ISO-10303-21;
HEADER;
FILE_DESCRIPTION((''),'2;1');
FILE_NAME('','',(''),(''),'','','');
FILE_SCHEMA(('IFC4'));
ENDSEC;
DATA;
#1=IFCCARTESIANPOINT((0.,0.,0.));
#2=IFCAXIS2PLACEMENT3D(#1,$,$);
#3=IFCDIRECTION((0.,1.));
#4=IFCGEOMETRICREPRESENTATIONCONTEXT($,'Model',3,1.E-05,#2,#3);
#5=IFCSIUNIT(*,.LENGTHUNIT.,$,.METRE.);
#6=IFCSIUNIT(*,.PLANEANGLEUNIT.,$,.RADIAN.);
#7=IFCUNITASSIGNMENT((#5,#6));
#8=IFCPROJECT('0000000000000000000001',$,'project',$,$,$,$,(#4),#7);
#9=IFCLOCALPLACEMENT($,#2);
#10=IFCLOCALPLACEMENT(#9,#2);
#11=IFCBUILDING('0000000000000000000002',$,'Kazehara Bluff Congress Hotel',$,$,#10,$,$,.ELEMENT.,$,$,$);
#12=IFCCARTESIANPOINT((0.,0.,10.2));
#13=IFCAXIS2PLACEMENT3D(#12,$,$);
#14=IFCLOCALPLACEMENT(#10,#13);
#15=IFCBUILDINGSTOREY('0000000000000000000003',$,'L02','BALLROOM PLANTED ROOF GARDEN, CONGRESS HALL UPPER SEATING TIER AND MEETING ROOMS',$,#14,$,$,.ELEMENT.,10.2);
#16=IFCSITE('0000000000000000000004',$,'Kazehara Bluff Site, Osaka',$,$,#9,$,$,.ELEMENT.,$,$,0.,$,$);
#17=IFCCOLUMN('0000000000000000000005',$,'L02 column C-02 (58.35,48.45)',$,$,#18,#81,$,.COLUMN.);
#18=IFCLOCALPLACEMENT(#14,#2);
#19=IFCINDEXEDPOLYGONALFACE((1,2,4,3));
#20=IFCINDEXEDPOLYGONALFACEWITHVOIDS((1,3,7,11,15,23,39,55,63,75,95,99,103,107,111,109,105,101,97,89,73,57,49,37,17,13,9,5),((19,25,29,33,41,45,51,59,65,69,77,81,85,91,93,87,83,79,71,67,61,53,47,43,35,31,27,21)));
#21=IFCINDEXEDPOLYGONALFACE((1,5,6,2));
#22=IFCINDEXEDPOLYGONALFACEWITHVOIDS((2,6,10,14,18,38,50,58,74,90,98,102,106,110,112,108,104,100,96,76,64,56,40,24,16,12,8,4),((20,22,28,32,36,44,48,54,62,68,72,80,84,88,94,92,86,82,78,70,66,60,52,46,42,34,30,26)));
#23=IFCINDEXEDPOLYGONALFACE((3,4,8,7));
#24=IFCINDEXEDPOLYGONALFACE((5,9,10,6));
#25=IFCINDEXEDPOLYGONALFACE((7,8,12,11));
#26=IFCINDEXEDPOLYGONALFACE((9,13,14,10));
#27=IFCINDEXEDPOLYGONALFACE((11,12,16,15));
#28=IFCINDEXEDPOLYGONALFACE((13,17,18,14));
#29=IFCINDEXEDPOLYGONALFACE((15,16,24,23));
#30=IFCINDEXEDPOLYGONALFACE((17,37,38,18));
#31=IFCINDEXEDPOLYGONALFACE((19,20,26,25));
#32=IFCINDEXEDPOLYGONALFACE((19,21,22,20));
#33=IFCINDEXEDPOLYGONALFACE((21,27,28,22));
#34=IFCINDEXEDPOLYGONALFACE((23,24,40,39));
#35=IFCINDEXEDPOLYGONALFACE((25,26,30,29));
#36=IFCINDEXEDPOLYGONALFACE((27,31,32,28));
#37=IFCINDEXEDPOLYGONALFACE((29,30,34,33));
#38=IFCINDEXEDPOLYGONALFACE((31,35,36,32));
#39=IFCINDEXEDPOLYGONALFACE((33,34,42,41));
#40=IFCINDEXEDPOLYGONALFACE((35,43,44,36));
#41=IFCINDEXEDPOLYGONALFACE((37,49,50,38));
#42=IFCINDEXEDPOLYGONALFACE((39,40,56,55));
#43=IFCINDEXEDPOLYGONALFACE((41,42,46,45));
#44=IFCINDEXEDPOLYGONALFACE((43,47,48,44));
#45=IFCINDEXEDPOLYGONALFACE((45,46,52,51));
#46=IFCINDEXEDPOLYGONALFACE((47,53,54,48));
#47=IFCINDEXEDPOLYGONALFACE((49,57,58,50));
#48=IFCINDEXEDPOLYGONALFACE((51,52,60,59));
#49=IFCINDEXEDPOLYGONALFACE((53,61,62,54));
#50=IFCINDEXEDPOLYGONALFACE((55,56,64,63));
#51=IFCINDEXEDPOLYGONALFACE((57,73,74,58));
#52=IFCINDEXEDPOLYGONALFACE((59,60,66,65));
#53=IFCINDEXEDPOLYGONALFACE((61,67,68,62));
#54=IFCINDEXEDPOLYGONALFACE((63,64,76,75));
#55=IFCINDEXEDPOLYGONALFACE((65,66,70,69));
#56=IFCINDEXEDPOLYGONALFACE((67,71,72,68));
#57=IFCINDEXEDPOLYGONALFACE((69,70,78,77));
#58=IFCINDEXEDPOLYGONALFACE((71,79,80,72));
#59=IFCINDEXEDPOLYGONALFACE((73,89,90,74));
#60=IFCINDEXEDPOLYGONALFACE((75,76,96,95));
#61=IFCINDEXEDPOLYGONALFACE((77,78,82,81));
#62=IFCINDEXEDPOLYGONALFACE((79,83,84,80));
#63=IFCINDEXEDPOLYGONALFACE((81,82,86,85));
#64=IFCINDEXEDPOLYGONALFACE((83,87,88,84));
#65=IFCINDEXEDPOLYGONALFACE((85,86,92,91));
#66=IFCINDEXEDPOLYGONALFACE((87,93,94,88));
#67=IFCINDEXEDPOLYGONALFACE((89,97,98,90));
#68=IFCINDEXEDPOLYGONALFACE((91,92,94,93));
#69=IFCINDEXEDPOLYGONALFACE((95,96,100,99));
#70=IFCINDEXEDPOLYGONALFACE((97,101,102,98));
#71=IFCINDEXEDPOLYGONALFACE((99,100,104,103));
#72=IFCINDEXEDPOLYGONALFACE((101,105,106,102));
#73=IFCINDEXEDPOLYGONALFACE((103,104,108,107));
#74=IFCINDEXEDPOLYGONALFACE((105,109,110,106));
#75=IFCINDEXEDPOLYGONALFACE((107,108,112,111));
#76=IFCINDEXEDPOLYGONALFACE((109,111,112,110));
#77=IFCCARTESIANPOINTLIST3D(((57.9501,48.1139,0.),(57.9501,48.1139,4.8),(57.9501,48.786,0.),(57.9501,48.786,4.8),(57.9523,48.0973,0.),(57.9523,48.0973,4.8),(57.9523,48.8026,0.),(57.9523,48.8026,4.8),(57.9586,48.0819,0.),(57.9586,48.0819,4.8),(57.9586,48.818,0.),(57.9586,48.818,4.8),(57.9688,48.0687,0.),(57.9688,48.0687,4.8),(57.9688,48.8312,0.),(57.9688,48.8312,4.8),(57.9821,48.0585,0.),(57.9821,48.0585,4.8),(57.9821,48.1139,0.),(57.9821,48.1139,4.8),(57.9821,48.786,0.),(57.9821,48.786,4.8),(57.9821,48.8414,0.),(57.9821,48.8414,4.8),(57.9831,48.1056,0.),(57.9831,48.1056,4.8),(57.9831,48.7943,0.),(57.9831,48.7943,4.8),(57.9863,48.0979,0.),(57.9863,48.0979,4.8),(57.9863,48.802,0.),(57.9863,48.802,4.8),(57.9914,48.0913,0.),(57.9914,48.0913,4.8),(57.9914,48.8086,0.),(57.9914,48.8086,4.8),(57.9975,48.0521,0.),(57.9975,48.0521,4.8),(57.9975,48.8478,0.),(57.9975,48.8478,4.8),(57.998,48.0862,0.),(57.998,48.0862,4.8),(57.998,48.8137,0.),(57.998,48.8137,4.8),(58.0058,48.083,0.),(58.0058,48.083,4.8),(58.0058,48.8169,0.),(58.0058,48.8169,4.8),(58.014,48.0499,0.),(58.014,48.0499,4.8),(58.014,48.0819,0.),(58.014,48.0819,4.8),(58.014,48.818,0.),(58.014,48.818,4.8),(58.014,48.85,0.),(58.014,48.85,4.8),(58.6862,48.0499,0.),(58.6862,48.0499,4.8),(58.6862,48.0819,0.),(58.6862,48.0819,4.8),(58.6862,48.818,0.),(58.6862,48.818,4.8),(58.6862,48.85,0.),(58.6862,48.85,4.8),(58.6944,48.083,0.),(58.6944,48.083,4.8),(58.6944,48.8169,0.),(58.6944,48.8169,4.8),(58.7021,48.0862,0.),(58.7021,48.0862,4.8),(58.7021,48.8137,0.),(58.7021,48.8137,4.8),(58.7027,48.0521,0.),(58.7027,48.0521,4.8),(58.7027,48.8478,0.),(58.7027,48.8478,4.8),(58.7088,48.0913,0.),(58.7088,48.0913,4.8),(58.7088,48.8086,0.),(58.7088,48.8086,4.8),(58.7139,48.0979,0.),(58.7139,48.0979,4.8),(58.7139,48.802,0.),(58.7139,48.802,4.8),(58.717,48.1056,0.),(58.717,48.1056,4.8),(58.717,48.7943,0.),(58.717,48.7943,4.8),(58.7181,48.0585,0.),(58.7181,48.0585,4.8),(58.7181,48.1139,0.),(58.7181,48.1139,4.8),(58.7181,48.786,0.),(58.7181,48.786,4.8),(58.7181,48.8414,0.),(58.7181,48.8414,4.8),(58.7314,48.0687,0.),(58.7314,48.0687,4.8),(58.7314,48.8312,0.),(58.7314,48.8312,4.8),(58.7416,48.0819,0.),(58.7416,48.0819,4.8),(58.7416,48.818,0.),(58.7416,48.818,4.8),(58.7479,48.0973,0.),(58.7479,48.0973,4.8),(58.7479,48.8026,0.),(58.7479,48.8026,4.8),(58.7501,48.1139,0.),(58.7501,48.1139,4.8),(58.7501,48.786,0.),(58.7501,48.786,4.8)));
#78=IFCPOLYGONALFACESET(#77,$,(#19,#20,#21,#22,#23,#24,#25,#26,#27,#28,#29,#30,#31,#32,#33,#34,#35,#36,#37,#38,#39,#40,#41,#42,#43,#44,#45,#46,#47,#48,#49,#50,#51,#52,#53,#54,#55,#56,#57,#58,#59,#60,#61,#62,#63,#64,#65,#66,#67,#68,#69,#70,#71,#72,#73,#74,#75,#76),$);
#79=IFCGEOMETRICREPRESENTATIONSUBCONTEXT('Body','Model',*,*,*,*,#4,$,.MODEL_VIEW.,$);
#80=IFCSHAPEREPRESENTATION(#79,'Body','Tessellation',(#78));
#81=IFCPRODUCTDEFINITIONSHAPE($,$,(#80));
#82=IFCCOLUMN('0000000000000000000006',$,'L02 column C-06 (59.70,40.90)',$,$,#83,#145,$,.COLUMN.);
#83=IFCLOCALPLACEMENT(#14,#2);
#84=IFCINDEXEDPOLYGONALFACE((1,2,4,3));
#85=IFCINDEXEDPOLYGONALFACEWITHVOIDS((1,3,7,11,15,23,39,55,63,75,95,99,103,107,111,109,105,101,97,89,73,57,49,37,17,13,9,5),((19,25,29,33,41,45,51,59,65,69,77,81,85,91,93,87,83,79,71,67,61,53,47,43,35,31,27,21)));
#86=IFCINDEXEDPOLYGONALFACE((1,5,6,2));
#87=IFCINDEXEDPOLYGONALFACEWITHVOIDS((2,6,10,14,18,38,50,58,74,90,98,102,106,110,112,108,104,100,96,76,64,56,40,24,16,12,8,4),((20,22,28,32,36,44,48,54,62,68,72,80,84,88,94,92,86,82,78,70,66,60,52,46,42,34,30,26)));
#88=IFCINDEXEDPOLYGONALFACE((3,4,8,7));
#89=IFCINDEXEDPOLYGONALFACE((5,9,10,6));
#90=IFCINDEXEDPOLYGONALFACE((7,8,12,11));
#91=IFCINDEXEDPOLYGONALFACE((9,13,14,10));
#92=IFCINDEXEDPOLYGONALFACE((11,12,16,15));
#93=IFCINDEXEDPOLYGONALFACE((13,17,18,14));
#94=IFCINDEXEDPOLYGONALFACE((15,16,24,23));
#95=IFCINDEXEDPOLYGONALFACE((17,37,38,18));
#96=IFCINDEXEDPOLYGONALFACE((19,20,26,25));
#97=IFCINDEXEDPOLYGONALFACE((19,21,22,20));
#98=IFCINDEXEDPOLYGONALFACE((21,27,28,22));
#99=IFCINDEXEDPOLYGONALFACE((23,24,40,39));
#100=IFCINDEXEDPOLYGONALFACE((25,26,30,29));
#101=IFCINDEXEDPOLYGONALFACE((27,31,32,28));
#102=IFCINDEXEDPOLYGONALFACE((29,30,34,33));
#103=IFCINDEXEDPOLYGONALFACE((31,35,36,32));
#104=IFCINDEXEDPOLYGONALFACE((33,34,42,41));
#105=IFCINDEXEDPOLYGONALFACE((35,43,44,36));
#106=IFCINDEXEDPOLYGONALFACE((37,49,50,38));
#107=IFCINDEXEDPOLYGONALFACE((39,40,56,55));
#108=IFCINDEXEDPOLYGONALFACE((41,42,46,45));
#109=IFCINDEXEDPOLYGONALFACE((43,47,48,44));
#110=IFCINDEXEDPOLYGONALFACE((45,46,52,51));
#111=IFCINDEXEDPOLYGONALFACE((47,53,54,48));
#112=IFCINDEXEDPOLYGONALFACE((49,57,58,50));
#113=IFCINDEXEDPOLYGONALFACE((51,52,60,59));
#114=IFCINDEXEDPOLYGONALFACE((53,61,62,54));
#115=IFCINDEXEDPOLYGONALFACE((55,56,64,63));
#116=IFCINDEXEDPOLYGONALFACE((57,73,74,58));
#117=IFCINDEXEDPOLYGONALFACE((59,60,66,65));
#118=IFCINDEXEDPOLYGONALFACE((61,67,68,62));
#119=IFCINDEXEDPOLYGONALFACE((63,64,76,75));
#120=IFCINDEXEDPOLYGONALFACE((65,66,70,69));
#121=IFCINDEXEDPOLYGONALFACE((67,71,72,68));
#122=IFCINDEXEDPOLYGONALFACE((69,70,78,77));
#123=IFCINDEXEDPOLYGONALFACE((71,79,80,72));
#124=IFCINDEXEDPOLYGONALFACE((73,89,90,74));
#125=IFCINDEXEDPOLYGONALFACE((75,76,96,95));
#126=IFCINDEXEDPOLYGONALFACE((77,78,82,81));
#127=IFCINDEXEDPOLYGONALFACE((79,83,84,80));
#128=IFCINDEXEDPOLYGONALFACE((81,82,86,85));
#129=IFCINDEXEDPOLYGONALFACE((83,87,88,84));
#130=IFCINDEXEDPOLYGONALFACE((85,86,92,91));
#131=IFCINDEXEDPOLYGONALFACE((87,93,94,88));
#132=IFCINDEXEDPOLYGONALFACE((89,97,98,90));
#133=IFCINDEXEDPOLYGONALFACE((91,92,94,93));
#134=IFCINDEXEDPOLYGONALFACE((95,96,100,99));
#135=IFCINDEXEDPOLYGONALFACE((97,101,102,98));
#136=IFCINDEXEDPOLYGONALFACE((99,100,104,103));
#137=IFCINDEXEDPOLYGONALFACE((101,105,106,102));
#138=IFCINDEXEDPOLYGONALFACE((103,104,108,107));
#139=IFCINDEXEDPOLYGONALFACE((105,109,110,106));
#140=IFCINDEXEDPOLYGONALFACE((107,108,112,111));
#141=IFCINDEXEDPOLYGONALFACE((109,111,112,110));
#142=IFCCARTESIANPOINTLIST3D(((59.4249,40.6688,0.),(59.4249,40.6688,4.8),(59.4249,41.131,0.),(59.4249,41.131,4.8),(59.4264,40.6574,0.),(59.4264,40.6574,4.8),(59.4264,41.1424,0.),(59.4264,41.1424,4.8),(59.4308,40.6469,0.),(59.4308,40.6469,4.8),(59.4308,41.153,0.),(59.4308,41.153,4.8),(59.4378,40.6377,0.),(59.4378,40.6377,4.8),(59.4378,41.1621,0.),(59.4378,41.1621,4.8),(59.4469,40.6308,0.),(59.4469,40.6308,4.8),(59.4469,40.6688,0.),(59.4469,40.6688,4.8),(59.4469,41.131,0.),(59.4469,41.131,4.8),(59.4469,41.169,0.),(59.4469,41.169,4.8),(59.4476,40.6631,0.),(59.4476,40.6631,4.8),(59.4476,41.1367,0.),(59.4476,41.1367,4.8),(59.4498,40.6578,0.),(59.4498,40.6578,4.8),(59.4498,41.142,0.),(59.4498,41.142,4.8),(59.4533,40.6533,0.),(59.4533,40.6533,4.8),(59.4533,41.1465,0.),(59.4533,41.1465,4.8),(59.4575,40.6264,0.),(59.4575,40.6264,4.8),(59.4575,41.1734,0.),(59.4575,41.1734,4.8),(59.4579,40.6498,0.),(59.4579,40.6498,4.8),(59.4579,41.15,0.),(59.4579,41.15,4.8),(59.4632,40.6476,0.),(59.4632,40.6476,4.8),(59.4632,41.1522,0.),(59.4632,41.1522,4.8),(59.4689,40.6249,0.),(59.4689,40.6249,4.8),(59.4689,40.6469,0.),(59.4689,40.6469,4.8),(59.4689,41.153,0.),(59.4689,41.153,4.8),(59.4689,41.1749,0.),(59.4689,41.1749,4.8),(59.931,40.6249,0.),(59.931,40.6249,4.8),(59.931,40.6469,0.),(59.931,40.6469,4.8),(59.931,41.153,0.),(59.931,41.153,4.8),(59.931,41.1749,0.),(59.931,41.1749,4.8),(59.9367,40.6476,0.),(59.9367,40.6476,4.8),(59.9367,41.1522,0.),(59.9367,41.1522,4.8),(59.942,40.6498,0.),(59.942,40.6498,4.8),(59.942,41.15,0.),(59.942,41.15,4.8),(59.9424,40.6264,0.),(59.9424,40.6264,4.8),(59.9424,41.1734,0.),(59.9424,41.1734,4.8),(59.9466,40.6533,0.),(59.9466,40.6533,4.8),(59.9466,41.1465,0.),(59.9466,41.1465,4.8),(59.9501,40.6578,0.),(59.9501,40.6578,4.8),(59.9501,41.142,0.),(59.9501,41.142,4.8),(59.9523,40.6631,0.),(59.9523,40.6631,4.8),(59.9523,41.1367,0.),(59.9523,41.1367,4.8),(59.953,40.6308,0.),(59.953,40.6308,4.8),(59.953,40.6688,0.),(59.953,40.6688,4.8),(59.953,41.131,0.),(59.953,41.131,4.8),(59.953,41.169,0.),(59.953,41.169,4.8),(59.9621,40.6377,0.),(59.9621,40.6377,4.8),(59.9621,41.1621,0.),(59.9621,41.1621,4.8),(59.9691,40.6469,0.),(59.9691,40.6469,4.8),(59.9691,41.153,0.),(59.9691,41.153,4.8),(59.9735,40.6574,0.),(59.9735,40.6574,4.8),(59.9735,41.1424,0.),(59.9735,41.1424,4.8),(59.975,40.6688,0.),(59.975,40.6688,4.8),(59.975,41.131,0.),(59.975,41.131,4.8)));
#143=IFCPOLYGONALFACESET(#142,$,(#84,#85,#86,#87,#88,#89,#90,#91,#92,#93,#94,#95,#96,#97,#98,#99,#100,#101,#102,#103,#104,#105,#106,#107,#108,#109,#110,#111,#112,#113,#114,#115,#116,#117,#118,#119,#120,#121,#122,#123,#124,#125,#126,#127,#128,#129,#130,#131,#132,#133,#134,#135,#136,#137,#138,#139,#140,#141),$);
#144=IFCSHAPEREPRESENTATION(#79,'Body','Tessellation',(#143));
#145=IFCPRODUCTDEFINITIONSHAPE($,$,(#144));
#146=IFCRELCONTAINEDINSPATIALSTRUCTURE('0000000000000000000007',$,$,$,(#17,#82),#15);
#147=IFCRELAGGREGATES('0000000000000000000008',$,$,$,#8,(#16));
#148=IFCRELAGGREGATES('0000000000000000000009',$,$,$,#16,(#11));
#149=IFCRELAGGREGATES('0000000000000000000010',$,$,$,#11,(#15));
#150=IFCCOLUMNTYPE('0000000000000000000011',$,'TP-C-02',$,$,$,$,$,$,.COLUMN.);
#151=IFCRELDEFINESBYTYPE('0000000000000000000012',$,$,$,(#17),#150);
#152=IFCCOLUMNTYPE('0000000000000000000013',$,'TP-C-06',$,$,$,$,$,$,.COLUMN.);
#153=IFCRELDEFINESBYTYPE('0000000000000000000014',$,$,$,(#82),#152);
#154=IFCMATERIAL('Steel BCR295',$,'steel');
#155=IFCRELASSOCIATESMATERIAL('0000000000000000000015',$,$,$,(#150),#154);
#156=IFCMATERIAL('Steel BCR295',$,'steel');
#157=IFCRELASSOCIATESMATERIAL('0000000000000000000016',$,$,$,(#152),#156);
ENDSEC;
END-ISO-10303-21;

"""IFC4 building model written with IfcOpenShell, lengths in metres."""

from ifc_helpers import new_model, si_unit, direction, frame, origin, origin_2d, place, context, subcontext, project, spatial, hollow_rectangle, extrude, material, material_profile, profile_set, type_object, element, save


model = new_model("IFC4")

# Units and contexts
model_context = context("Model", 3, precision=1e-05, world=origin(), true_north=direction((0.0, 1.0)))
body_context = subcontext(model_context, "Body", "Model", "MODEL_VIEW")
ifc_project = project(units=[si_unit("LENGTHUNIT", "METRE"), si_unit("PLANEANGLEUNIT", "RADIAN")], contexts=[model_context])

# Site, building, storey
site_placement = place(None, origin())
site = spatial("IfcSite", under=ifc_project, at=site_placement, Name="Kazehara Bluff Site, Osaka", CompositionType="ELEMENT", RefElevation=0.0)
building_placement = place(site_placement, origin())
building = spatial("IfcBuilding", under=site, at=building_placement, Name="Kazehara Bluff Congress Hotel", CompositionType="ELEMENT")
storey_placement = place(building_placement, frame((0.0, 0.0, 10.2)))
storey = spatial("IfcBuildingStorey", under=building, at=storey_placement, Name="L02", Description="BALLROOM PLANTED ROOF GARDEN, CONGRESS HALL UPPER SEATING TIER AND MEETING ROOMS", CompositionType="ELEMENT", Elevation=10.2)

# Columns
ifc_material_1 = material(Name="Steel BCR295", Category="steel")
ifc_material_profile_1 = material_profile(ifc_material_1, hollow_rectangle(XDim=0.8, YDim=0.8, WallThickness=0.032, InnerFilletRadius=0.032, OuterFilletRadius=0.064, at=origin_2d()))
ifc_profile_set_1 = profile_set([ifc_material_profile_1], Name="Steel BCR295")
column_type_1 = type_object("IfcColumnType", Name="TP-C-02", PredefinedType="COLUMN", material=ifc_profile_set_1)
column_1_placement = place(storey_placement, frame((58.3501, 48.45, 0.0), z_axis=(0.0, 0.0, 1.0), x_axis=(1.0, 0.0, 0.0)))
element("IfcColumn", 1, at=column_1_placement, inside=storey, type_object=column_type_1, Name="L02 column C-02 (58.35,48.45)", PredefinedType="COLUMN", context=body_context, shape_type="SweptSolid", body=[
    extrude(hollow_rectangle(XDim=0.8, YDim=0.8, WallThickness=0.032, InnerFilletRadius=0.032, OuterFilletRadius=0.064, at=origin_2d()), origin(), (0.0, 0.0, 1.0), 4.8),
])
ifc_material_2 = material(Name="Steel BCR295", Category="steel")
ifc_material_profile_2 = material_profile(ifc_material_2, hollow_rectangle(XDim=0.55, YDim=0.55, WallThickness=0.022, InnerFilletRadius=0.022, OuterFilletRadius=0.0439, at=origin_2d()))
ifc_profile_set_2 = profile_set([ifc_material_profile_2], Name="Steel BCR295")
column_type_2 = type_object("IfcColumnType", Name="TP-C-06", PredefinedType="COLUMN", material=ifc_profile_set_2)
for number, where, z_axis, x_axis, name in (
    (2, (59.7, 40.8999, 0.0), (0.0, 0.0, 1.0), (1.0, 0.0, 0.0), "L02 column C-06 (59.70,40.90)"),
):
    element("IfcColumn", number, at=place(storey_placement, frame(where, z_axis=z_axis, x_axis=x_axis)), inside=storey, type_object=column_type_2, Name=name, PredefinedType="COLUMN", context=body_context, shape_type="SweptSolid", body=[
        extrude(hollow_rectangle(XDim=0.55, YDim=0.55, WallThickness=0.022, InnerFilletRadius=0.022, OuterFilletRadius=0.0439, at=origin_2d()), origin(), (0.0, 0.0, 1.0), 4.8),
    ])

save(model, "model.ifc")
